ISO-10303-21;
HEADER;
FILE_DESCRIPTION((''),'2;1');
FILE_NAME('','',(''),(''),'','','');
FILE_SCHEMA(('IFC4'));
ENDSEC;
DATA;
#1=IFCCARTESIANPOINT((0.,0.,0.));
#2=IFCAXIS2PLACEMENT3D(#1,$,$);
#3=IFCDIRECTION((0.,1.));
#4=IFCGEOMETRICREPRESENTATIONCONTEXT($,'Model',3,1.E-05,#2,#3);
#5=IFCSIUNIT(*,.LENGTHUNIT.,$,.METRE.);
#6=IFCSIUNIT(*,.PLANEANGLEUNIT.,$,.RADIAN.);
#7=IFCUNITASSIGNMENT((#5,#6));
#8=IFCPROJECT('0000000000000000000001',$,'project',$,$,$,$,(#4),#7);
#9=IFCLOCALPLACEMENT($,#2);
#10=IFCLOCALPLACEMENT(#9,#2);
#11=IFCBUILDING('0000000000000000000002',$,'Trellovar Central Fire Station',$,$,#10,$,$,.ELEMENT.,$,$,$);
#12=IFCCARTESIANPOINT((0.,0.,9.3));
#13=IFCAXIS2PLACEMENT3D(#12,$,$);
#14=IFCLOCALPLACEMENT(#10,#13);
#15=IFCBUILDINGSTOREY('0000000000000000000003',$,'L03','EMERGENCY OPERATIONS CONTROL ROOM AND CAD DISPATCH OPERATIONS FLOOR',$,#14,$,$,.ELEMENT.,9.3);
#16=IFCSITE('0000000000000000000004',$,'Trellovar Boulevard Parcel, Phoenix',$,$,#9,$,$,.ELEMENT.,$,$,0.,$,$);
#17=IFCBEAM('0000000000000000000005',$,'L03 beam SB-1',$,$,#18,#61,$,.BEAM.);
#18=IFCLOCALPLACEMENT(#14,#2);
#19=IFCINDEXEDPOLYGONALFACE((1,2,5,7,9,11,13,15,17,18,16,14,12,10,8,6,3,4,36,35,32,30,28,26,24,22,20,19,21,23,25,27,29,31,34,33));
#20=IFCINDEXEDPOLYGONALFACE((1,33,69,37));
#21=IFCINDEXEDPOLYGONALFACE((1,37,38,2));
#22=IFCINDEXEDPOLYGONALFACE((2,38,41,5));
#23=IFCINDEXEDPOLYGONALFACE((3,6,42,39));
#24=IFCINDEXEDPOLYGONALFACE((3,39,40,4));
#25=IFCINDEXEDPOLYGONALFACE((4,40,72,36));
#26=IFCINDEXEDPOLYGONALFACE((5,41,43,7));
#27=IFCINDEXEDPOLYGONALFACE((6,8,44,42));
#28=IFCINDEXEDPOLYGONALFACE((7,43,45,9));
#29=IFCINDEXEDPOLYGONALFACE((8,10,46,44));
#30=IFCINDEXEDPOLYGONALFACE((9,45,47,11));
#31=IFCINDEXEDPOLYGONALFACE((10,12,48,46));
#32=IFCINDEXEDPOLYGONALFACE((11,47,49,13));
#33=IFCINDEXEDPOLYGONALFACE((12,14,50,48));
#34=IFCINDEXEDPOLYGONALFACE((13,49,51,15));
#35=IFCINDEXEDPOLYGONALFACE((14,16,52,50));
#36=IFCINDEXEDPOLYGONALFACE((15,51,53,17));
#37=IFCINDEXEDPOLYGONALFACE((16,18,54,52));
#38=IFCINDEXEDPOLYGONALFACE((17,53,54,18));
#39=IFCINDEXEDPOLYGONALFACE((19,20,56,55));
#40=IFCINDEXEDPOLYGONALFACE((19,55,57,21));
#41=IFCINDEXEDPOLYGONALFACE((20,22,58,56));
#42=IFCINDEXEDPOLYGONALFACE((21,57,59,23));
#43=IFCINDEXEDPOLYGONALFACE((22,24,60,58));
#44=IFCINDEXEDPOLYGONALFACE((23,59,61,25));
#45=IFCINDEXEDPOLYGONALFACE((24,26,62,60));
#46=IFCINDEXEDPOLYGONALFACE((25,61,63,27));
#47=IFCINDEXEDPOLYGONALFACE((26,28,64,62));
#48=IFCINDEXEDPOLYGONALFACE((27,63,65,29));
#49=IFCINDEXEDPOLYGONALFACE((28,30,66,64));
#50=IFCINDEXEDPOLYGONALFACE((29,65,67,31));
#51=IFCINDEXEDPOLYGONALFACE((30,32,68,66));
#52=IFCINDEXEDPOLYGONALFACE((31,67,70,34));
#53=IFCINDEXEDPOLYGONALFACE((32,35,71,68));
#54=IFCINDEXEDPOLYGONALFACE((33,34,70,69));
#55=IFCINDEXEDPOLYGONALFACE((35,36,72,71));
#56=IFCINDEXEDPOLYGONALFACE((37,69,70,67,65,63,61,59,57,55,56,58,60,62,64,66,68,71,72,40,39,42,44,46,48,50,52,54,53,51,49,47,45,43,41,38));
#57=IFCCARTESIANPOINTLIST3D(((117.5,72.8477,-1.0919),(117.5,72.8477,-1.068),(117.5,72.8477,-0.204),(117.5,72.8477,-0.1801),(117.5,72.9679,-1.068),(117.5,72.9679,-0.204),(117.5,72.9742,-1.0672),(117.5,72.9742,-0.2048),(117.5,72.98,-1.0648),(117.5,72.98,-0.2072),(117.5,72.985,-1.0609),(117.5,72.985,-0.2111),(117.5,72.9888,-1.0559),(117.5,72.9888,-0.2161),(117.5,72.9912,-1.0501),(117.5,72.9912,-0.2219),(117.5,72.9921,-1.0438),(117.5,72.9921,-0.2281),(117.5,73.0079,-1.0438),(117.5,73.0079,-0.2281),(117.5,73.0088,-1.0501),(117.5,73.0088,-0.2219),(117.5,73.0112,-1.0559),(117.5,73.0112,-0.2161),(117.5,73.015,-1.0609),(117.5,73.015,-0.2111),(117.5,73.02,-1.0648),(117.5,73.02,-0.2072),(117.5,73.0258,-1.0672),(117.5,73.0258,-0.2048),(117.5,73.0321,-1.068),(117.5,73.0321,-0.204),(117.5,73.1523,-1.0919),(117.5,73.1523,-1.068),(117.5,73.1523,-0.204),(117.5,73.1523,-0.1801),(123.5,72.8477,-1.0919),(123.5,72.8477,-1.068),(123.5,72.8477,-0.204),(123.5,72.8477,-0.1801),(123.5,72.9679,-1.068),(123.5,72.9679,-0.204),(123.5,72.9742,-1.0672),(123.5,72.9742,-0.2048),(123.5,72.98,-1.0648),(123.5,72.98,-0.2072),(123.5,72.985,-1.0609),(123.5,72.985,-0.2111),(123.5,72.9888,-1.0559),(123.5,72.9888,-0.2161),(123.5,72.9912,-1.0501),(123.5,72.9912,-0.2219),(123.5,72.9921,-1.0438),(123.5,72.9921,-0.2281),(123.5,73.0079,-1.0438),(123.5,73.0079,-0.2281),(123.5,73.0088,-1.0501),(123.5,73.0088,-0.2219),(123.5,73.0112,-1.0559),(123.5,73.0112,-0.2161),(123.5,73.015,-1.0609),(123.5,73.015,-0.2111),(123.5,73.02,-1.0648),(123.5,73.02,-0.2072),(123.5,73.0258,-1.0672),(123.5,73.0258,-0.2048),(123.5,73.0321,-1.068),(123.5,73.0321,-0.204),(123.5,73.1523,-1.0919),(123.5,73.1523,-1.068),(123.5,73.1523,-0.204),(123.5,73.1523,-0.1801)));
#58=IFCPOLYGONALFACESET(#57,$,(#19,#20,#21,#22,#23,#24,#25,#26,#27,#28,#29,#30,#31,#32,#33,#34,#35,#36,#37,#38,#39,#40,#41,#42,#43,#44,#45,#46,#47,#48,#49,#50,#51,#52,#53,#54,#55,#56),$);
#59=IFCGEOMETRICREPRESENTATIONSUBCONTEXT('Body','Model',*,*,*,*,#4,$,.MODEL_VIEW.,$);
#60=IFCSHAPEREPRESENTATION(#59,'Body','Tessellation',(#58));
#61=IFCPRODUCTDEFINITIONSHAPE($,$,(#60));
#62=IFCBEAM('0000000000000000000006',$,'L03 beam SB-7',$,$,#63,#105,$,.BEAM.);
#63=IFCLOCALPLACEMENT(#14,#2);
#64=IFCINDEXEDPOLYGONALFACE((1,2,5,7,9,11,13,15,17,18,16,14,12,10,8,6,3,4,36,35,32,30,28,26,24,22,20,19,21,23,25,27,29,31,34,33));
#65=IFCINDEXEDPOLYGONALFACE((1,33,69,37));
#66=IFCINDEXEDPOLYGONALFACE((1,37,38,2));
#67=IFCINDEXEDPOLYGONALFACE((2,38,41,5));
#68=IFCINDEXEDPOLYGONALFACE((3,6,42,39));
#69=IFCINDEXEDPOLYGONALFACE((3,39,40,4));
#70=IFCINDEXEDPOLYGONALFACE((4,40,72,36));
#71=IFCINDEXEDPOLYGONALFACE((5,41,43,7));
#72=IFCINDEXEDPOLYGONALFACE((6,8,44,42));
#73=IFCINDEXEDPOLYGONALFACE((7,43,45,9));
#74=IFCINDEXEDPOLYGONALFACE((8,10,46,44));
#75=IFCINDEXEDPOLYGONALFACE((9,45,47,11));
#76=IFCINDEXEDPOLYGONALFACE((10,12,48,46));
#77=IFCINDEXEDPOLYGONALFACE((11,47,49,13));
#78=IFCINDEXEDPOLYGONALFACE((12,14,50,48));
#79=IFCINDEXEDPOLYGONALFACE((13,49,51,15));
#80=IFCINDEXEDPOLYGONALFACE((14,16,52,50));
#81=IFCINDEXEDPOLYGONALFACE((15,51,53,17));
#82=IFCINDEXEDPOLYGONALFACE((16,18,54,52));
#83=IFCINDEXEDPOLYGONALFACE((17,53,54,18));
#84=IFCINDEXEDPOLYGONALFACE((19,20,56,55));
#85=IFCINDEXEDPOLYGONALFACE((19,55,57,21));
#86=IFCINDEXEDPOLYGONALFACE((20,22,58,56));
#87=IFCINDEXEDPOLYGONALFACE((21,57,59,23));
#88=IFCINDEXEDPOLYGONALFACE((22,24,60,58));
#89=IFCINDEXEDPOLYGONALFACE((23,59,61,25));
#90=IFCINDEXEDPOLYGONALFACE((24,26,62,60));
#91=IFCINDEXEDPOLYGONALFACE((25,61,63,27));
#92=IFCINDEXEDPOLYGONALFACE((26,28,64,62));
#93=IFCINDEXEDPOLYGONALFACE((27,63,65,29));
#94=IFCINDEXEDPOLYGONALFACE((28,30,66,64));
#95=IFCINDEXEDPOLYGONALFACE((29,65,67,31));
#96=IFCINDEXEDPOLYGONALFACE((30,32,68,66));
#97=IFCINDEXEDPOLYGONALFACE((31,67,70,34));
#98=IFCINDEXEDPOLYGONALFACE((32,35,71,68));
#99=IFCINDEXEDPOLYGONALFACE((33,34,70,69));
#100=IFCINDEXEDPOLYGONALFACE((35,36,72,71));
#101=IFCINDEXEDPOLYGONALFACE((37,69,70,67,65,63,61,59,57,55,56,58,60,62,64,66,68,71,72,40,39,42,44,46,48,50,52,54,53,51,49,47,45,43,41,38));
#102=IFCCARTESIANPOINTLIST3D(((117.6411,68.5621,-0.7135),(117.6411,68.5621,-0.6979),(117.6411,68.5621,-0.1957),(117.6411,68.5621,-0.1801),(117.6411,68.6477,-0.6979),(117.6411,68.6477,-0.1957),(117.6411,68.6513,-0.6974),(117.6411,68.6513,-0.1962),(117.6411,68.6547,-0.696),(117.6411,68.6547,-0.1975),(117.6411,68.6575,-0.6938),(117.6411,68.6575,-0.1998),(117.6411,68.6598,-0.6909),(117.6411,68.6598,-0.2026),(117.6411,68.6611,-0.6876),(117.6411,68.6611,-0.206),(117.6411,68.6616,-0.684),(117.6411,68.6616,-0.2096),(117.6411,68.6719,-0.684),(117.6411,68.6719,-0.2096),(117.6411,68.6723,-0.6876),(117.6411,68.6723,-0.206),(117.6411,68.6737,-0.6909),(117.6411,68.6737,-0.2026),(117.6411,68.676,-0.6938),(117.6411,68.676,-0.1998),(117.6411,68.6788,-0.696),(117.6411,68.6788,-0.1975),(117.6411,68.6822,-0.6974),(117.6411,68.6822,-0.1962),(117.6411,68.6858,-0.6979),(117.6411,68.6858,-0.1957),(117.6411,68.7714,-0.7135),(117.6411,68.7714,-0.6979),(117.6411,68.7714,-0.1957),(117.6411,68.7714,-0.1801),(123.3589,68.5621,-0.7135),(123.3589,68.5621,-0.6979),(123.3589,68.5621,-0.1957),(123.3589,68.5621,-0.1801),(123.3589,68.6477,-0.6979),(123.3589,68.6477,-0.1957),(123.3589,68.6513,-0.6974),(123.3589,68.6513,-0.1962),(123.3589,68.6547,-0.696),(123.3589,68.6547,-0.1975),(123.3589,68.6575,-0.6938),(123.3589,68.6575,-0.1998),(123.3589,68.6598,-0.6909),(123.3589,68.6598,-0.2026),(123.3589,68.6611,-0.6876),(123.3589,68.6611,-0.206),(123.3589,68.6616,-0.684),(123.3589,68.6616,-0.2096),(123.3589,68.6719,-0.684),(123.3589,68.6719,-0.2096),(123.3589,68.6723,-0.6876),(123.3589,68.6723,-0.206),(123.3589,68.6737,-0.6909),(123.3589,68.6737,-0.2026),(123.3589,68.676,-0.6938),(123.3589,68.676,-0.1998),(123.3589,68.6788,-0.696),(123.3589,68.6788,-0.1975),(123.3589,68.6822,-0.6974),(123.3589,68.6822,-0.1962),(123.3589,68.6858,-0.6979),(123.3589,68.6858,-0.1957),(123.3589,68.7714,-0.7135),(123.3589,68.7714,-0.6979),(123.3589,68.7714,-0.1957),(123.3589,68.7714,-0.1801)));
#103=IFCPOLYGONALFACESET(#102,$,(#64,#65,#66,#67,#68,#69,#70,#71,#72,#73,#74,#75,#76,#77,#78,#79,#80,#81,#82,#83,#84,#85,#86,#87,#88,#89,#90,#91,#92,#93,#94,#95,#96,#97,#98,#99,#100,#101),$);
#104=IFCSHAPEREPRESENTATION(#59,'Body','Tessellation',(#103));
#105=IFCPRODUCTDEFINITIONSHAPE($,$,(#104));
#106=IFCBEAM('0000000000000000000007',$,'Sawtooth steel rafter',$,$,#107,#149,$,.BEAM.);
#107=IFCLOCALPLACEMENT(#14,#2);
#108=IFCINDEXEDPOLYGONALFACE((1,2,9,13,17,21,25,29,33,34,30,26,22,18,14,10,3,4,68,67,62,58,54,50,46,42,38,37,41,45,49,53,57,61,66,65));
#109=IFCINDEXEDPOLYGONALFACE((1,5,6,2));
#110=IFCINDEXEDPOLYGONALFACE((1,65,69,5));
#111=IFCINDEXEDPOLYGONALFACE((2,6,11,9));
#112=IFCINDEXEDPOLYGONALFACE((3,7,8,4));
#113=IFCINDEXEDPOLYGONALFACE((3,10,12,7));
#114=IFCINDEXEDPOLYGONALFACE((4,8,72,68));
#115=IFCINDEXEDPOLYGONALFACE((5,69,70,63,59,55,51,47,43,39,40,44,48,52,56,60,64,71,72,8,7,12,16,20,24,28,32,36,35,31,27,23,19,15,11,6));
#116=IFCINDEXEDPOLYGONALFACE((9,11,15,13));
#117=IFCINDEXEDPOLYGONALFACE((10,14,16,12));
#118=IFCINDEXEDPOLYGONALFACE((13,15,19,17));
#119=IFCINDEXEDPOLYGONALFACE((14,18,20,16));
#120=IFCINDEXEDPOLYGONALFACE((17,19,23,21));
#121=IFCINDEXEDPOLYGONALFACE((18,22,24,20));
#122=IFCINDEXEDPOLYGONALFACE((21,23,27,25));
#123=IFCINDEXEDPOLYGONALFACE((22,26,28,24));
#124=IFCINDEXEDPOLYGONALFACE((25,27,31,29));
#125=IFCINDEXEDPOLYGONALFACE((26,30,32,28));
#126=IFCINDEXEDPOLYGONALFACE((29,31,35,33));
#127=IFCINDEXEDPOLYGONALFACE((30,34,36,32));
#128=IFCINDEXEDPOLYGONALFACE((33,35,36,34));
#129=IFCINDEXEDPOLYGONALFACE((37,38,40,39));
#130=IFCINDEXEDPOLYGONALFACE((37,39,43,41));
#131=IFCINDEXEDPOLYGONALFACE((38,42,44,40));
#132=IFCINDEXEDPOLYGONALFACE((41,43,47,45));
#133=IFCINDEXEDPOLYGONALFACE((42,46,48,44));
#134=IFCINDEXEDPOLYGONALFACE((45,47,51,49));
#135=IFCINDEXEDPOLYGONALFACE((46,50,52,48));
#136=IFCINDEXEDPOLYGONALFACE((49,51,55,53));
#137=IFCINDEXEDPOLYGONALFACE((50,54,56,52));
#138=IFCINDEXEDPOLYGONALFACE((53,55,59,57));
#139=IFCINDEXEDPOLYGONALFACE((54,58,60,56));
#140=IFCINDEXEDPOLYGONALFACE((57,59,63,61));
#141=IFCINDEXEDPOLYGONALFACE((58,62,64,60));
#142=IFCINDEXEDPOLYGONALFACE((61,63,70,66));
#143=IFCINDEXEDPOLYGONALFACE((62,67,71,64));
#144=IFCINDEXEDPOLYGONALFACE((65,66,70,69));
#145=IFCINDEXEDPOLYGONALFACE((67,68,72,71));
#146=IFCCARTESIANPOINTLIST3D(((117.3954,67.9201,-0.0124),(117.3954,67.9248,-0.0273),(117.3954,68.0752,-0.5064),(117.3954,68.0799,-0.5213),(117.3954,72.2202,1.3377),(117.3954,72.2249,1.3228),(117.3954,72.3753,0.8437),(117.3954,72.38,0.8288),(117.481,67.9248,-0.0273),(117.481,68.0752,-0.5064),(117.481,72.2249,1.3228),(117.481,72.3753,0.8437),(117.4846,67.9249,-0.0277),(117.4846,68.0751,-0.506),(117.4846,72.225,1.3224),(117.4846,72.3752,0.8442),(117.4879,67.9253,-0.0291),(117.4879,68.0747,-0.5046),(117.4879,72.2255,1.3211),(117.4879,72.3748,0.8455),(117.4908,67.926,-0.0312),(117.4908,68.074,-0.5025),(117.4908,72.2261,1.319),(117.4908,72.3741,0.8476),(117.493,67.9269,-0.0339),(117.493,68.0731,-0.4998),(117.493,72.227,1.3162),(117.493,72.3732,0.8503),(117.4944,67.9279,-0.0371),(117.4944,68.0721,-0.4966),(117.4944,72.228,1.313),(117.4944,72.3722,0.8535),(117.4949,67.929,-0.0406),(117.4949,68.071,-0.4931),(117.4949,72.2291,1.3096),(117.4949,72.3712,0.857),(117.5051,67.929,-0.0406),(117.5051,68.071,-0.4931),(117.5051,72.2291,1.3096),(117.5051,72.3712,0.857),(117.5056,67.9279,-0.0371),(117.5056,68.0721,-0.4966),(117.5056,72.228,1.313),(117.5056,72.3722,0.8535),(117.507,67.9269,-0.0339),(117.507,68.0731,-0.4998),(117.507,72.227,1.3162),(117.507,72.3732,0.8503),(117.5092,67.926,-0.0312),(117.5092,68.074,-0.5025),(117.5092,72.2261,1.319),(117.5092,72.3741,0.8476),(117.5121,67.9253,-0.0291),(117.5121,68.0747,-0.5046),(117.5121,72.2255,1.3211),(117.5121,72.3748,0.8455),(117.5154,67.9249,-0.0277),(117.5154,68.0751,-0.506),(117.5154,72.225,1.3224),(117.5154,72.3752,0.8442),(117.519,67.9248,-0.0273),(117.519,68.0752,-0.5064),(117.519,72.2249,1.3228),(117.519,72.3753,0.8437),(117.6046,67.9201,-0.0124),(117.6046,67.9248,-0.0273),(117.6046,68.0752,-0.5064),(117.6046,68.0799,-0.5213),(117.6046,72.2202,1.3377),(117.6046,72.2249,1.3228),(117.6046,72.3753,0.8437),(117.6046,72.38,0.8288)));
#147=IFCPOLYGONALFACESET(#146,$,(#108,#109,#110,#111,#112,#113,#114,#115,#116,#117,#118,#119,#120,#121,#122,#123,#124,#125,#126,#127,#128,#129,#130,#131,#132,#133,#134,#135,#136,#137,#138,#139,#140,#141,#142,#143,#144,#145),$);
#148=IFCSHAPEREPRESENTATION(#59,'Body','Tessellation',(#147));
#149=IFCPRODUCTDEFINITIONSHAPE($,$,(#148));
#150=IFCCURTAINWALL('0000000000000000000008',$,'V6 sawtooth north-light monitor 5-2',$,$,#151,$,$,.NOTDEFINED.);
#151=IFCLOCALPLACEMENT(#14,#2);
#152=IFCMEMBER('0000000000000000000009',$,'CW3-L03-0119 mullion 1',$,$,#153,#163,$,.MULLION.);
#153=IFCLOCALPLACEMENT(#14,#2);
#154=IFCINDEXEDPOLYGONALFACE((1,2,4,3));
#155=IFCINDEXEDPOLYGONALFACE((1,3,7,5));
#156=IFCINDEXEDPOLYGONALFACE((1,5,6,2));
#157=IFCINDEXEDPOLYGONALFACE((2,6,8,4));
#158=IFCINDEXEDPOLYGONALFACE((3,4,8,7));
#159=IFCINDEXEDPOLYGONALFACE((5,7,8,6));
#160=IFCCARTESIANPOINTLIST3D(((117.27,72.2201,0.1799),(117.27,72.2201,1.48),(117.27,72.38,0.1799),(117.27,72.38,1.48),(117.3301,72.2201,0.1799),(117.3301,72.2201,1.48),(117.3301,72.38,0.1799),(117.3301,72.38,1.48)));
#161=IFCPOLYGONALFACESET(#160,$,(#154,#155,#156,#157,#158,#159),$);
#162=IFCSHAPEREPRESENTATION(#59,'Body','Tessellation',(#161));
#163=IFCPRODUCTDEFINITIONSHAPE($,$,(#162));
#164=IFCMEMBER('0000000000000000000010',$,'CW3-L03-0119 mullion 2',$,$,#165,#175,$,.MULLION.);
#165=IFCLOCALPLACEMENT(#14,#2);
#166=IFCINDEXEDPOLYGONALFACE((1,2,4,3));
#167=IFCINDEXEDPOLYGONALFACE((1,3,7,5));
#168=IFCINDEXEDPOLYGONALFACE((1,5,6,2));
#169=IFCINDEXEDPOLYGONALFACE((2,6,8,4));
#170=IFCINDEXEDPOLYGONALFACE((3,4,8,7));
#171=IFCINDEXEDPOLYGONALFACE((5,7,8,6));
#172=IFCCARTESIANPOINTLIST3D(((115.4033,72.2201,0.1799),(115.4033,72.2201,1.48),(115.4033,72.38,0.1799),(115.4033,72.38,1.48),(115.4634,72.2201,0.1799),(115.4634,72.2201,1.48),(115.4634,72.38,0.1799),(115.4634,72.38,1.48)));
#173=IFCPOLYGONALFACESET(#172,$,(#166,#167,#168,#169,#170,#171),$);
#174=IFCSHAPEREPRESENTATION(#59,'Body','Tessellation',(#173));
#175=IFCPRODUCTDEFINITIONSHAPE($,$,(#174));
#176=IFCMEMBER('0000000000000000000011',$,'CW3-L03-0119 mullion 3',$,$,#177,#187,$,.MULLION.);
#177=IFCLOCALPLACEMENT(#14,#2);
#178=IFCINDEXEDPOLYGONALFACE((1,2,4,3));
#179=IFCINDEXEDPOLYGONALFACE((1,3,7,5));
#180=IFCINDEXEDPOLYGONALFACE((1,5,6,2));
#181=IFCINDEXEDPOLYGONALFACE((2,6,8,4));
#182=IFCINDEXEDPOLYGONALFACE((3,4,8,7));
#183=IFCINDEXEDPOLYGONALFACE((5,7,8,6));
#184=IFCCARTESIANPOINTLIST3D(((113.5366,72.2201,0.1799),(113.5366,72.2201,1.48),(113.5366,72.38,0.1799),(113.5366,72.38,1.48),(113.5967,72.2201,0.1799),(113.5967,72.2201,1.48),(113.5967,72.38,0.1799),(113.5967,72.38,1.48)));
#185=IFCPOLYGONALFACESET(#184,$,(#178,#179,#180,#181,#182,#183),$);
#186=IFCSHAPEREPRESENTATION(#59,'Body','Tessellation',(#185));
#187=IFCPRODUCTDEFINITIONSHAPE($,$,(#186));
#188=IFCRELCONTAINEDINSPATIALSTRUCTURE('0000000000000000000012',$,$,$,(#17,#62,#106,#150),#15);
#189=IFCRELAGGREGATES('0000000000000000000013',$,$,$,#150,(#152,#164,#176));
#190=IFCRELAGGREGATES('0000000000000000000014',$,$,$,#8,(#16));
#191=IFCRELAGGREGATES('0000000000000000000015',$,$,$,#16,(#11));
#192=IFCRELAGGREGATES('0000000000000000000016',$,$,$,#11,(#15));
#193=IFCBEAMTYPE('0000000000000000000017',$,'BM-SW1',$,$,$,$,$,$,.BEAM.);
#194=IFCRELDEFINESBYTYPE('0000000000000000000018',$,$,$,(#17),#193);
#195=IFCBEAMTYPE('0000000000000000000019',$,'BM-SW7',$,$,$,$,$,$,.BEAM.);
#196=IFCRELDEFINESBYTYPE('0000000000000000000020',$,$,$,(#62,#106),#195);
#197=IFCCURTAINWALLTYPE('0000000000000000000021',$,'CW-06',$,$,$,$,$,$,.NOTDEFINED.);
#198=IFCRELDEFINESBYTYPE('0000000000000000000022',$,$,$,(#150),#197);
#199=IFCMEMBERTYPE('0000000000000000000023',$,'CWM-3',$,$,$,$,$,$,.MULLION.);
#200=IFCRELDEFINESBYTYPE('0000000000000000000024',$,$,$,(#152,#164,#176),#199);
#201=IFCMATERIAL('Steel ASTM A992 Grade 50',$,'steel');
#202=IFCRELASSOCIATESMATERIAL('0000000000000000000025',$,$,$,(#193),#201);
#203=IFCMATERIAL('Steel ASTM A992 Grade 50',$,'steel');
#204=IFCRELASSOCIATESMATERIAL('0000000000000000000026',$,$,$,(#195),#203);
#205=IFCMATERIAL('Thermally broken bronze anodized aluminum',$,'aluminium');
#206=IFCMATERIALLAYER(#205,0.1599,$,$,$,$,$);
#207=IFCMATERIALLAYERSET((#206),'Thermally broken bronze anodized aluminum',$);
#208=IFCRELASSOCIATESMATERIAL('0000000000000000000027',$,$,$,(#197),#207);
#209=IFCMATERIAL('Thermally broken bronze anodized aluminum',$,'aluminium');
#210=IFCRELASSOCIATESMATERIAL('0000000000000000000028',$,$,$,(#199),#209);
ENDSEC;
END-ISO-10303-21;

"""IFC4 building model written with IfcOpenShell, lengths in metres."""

from ifc_helpers import new_model, si_unit, direction, frame, origin, origin_2d, place, context, subcontext, project, spatial, rectangle, i_section, extrude, material, layer, layer_set, material_profile, profile_set, type_object, element, aggregate, save


model = new_model("IFC4")

# Units and contexts
model_context = context("Model", 3, precision=1e-05, world=origin(), true_north=direction((0.0, 1.0)))
body_context = subcontext(model_context, "Body", "Model", "MODEL_VIEW")
ifc_project = project(units=[si_unit("LENGTHUNIT", "METRE"), si_unit("PLANEANGLEUNIT", "RADIAN")], contexts=[model_context])

# Site, building, storey
site_placement = place(None, origin())
site = spatial("IfcSite", under=ifc_project, at=site_placement, Name="Trellovar Boulevard Parcel, Phoenix", CompositionType="ELEMENT", RefElevation=0.0)
building_placement = place(site_placement, origin())
building = spatial("IfcBuilding", under=site, at=building_placement, Name="Trellovar Central Fire Station", CompositionType="ELEMENT")
storey_placement = place(building_placement, frame((0.0, 0.0, 9.3)))
storey = spatial("IfcBuildingStorey", under=building, at=storey_placement, Name="L03", Description="EMERGENCY OPERATIONS CONTROL ROOM AND CAD DISPATCH OPERATIONS FLOOR", CompositionType="ELEMENT", Elevation=9.3)

# Beams
ifc_material_1 = material(Name="Steel ASTM A992 Grade 50", Category="steel")
ifc_material_profile_1 = material_profile(ifc_material_1, i_section(OverallWidth=0.3047, OverallDepth=0.9119, WebThickness=0.0159, FlangeThickness=0.0239, FilletRadius=0.0242, at=origin_2d()), Name="W36X150")
ifc_profile_set_1 = profile_set([ifc_material_profile_1], Name="Steel ASTM A992 Grade 50")
beam_type_1 = type_object("IfcBeamType", Name="BM-SW1", PredefinedType="BEAM", material=ifc_profile_set_1)
beam_1_placement = place(storey_placement, frame((117.5, 73.0, -0.636), z_axis=(1.0, 0.0, 0.0), x_axis=(0.0, 1.0, 0.0)))
element("IfcBeam", 1, at=beam_1_placement, inside=storey, type_object=beam_type_1, Name="L03 beam SB-1", PredefinedType="BEAM", context=body_context, shape_type="SweptSolid", body=[
    extrude(i_section(OverallWidth=0.3047, OverallDepth=0.9119, WebThickness=0.0159, FlangeThickness=0.0239, FilletRadius=0.0242, at=origin_2d()), origin(), (0.0, 0.0, 1.0), 6.0),
])
ifc_material_2 = material(Name="Steel ASTM A992 Grade 50", Category="steel")
ifc_material_profile_2 = material_profile(ifc_material_2, i_section(OverallWidth=0.2092, OverallDepth=0.5334, WebThickness=0.0103, FlangeThickness=0.0156, FilletRadius=0.0139, at=origin_2d()), Name="W21X62")
ifc_profile_set_2 = profile_set([ifc_material_profile_2], Name="Steel ASTM A992 Grade 50")
beam_type_2 = type_object("IfcBeamType", Name="BM-SW7", PredefinedType="BEAM", material=ifc_profile_set_2)
beam_2_placement = place(storey_placement, frame((117.6411, 68.6667, -0.4468), z_axis=(1.0, 0.0, 0.0), x_axis=(0.0, 1.0, 0.0)))
element("IfcBeam", 2, at=beam_2_placement, inside=storey, type_object=beam_type_2, Name="L03 beam SB-7", PredefinedType="BEAM", context=body_context, shape_type="SweptSolid", body=[
    extrude(i_section(OverallWidth=0.2092, OverallDepth=0.5334, WebThickness=0.0103, FlangeThickness=0.0156, FilletRadius=0.0139, at=origin_2d()), origin(), (0.0, 0.0, 1.0), 5.7178),
])
beam_3_placement = place(storey_placement, frame((117.5, 68.0, -0.2668), z_axis=(0.0, 0.954079, 0.299555), x_axis=(-1.0, 0.0, 0.0)))
element("IfcBeam", 3, at=beam_3_placement, inside=storey, type_object=beam_type_2, Name="Sawtooth steel rafter", PredefinedType="BEAM", context=body_context, shape_type="SweptSolid", body=[
    extrude(i_section(OverallWidth=0.2092, OverallDepth=0.5334, WebThickness=0.0103, FlangeThickness=0.0156, FilletRadius=0.0139, at=origin_2d()), origin(), (0.0, 0.0, 1.0), 4.5071),
])

# Curtain wall, members
ifc_material_3 = material(Name="Thermally broken bronze anodized aluminum", Category="aluminium")
ifc_layer_1 = layer(ifc_material_3, 0.1599)
ifc_layer_set_1 = layer_set([ifc_layer_1], Name="Thermally broken bronze anodized aluminum")
curtain_wall_type = type_object("IfcCurtainWallType", Name="CW-06", PredefinedType="NOTDEFINED", material=ifc_layer_set_1)
curtain_wall_1_placement = place(storey_placement, origin())
curtain_wall_1 = element("IfcCurtainWall", 4, at=curtain_wall_1_placement, inside=storey, type_object=curtain_wall_type, Name="V6 sawtooth north-light monitor 5-2", PredefinedType="NOTDEFINED")
ifc_material_4 = material(Name="Thermally broken bronze anodized aluminum", Category="aluminium")
ifc_material_profile_3 = material_profile(ifc_material_4, rectangle(XDim=0.0601, YDim=0.1599, at=origin_2d()), Name="ALU60X160")
ifc_profile_set_3 = profile_set([ifc_material_profile_3], Name="Thermally broken bronze anodized aluminum")
member_type_1 = type_object("IfcMemberType", Name="CWM-3", PredefinedType="MULLION", material=ifc_profile_set_3)
member_1_placement = place(storey_placement, frame((117.3, 72.3, 0.1799), z_axis=(0.0, 0.0, 1.0), x_axis=(1.0, 0.0, 0.0)))
member_1 = element("IfcMember", 5, at=member_1_placement, type_object=member_type_1, Name="CW3-L03-0119 mullion 1", PredefinedType="MULLION", context=body_context, shape_type="SweptSolid", body=[
    extrude(rectangle(XDim=0.0601, YDim=0.1599, at=origin_2d()), origin(), (0.0, 0.0, 1.0), 1.3),
])
member_2_placement = place(storey_placement, frame((115.4333, 72.3, 0.1799), z_axis=(0.0, 0.0, 1.0), x_axis=(1.0, 0.0, 0.0)))
member_2 = element("IfcMember", 6, at=member_2_placement, type_object=member_type_1, Name="CW3-L03-0119 mullion 2", PredefinedType="MULLION", context=body_context, shape_type="SweptSolid", body=[
    extrude(rectangle(XDim=0.0601, YDim=0.1599, at=origin_2d()), origin(), (0.0, 0.0, 1.0), 1.3),
])
member_3_placement = place(storey_placement, frame((113.5667, 72.3, 0.1799), z_axis=(0.0, 0.0, 1.0), x_axis=(1.0, 0.0, 0.0)))
member_3 = element("IfcMember", 7, at=member_3_placement, type_object=member_type_1, Name="CW3-L03-0119 mullion 3", PredefinedType="MULLION", context=body_context, shape_type="SweptSolid", body=[
    extrude(rectangle(XDim=0.0601, YDim=0.1599, at=origin_2d()), origin(), (0.0, 0.0, 1.0), 1.3),
])

aggregate(curtain_wall_1, [member_1, member_2, member_3])

save(model, "model.ifc")
